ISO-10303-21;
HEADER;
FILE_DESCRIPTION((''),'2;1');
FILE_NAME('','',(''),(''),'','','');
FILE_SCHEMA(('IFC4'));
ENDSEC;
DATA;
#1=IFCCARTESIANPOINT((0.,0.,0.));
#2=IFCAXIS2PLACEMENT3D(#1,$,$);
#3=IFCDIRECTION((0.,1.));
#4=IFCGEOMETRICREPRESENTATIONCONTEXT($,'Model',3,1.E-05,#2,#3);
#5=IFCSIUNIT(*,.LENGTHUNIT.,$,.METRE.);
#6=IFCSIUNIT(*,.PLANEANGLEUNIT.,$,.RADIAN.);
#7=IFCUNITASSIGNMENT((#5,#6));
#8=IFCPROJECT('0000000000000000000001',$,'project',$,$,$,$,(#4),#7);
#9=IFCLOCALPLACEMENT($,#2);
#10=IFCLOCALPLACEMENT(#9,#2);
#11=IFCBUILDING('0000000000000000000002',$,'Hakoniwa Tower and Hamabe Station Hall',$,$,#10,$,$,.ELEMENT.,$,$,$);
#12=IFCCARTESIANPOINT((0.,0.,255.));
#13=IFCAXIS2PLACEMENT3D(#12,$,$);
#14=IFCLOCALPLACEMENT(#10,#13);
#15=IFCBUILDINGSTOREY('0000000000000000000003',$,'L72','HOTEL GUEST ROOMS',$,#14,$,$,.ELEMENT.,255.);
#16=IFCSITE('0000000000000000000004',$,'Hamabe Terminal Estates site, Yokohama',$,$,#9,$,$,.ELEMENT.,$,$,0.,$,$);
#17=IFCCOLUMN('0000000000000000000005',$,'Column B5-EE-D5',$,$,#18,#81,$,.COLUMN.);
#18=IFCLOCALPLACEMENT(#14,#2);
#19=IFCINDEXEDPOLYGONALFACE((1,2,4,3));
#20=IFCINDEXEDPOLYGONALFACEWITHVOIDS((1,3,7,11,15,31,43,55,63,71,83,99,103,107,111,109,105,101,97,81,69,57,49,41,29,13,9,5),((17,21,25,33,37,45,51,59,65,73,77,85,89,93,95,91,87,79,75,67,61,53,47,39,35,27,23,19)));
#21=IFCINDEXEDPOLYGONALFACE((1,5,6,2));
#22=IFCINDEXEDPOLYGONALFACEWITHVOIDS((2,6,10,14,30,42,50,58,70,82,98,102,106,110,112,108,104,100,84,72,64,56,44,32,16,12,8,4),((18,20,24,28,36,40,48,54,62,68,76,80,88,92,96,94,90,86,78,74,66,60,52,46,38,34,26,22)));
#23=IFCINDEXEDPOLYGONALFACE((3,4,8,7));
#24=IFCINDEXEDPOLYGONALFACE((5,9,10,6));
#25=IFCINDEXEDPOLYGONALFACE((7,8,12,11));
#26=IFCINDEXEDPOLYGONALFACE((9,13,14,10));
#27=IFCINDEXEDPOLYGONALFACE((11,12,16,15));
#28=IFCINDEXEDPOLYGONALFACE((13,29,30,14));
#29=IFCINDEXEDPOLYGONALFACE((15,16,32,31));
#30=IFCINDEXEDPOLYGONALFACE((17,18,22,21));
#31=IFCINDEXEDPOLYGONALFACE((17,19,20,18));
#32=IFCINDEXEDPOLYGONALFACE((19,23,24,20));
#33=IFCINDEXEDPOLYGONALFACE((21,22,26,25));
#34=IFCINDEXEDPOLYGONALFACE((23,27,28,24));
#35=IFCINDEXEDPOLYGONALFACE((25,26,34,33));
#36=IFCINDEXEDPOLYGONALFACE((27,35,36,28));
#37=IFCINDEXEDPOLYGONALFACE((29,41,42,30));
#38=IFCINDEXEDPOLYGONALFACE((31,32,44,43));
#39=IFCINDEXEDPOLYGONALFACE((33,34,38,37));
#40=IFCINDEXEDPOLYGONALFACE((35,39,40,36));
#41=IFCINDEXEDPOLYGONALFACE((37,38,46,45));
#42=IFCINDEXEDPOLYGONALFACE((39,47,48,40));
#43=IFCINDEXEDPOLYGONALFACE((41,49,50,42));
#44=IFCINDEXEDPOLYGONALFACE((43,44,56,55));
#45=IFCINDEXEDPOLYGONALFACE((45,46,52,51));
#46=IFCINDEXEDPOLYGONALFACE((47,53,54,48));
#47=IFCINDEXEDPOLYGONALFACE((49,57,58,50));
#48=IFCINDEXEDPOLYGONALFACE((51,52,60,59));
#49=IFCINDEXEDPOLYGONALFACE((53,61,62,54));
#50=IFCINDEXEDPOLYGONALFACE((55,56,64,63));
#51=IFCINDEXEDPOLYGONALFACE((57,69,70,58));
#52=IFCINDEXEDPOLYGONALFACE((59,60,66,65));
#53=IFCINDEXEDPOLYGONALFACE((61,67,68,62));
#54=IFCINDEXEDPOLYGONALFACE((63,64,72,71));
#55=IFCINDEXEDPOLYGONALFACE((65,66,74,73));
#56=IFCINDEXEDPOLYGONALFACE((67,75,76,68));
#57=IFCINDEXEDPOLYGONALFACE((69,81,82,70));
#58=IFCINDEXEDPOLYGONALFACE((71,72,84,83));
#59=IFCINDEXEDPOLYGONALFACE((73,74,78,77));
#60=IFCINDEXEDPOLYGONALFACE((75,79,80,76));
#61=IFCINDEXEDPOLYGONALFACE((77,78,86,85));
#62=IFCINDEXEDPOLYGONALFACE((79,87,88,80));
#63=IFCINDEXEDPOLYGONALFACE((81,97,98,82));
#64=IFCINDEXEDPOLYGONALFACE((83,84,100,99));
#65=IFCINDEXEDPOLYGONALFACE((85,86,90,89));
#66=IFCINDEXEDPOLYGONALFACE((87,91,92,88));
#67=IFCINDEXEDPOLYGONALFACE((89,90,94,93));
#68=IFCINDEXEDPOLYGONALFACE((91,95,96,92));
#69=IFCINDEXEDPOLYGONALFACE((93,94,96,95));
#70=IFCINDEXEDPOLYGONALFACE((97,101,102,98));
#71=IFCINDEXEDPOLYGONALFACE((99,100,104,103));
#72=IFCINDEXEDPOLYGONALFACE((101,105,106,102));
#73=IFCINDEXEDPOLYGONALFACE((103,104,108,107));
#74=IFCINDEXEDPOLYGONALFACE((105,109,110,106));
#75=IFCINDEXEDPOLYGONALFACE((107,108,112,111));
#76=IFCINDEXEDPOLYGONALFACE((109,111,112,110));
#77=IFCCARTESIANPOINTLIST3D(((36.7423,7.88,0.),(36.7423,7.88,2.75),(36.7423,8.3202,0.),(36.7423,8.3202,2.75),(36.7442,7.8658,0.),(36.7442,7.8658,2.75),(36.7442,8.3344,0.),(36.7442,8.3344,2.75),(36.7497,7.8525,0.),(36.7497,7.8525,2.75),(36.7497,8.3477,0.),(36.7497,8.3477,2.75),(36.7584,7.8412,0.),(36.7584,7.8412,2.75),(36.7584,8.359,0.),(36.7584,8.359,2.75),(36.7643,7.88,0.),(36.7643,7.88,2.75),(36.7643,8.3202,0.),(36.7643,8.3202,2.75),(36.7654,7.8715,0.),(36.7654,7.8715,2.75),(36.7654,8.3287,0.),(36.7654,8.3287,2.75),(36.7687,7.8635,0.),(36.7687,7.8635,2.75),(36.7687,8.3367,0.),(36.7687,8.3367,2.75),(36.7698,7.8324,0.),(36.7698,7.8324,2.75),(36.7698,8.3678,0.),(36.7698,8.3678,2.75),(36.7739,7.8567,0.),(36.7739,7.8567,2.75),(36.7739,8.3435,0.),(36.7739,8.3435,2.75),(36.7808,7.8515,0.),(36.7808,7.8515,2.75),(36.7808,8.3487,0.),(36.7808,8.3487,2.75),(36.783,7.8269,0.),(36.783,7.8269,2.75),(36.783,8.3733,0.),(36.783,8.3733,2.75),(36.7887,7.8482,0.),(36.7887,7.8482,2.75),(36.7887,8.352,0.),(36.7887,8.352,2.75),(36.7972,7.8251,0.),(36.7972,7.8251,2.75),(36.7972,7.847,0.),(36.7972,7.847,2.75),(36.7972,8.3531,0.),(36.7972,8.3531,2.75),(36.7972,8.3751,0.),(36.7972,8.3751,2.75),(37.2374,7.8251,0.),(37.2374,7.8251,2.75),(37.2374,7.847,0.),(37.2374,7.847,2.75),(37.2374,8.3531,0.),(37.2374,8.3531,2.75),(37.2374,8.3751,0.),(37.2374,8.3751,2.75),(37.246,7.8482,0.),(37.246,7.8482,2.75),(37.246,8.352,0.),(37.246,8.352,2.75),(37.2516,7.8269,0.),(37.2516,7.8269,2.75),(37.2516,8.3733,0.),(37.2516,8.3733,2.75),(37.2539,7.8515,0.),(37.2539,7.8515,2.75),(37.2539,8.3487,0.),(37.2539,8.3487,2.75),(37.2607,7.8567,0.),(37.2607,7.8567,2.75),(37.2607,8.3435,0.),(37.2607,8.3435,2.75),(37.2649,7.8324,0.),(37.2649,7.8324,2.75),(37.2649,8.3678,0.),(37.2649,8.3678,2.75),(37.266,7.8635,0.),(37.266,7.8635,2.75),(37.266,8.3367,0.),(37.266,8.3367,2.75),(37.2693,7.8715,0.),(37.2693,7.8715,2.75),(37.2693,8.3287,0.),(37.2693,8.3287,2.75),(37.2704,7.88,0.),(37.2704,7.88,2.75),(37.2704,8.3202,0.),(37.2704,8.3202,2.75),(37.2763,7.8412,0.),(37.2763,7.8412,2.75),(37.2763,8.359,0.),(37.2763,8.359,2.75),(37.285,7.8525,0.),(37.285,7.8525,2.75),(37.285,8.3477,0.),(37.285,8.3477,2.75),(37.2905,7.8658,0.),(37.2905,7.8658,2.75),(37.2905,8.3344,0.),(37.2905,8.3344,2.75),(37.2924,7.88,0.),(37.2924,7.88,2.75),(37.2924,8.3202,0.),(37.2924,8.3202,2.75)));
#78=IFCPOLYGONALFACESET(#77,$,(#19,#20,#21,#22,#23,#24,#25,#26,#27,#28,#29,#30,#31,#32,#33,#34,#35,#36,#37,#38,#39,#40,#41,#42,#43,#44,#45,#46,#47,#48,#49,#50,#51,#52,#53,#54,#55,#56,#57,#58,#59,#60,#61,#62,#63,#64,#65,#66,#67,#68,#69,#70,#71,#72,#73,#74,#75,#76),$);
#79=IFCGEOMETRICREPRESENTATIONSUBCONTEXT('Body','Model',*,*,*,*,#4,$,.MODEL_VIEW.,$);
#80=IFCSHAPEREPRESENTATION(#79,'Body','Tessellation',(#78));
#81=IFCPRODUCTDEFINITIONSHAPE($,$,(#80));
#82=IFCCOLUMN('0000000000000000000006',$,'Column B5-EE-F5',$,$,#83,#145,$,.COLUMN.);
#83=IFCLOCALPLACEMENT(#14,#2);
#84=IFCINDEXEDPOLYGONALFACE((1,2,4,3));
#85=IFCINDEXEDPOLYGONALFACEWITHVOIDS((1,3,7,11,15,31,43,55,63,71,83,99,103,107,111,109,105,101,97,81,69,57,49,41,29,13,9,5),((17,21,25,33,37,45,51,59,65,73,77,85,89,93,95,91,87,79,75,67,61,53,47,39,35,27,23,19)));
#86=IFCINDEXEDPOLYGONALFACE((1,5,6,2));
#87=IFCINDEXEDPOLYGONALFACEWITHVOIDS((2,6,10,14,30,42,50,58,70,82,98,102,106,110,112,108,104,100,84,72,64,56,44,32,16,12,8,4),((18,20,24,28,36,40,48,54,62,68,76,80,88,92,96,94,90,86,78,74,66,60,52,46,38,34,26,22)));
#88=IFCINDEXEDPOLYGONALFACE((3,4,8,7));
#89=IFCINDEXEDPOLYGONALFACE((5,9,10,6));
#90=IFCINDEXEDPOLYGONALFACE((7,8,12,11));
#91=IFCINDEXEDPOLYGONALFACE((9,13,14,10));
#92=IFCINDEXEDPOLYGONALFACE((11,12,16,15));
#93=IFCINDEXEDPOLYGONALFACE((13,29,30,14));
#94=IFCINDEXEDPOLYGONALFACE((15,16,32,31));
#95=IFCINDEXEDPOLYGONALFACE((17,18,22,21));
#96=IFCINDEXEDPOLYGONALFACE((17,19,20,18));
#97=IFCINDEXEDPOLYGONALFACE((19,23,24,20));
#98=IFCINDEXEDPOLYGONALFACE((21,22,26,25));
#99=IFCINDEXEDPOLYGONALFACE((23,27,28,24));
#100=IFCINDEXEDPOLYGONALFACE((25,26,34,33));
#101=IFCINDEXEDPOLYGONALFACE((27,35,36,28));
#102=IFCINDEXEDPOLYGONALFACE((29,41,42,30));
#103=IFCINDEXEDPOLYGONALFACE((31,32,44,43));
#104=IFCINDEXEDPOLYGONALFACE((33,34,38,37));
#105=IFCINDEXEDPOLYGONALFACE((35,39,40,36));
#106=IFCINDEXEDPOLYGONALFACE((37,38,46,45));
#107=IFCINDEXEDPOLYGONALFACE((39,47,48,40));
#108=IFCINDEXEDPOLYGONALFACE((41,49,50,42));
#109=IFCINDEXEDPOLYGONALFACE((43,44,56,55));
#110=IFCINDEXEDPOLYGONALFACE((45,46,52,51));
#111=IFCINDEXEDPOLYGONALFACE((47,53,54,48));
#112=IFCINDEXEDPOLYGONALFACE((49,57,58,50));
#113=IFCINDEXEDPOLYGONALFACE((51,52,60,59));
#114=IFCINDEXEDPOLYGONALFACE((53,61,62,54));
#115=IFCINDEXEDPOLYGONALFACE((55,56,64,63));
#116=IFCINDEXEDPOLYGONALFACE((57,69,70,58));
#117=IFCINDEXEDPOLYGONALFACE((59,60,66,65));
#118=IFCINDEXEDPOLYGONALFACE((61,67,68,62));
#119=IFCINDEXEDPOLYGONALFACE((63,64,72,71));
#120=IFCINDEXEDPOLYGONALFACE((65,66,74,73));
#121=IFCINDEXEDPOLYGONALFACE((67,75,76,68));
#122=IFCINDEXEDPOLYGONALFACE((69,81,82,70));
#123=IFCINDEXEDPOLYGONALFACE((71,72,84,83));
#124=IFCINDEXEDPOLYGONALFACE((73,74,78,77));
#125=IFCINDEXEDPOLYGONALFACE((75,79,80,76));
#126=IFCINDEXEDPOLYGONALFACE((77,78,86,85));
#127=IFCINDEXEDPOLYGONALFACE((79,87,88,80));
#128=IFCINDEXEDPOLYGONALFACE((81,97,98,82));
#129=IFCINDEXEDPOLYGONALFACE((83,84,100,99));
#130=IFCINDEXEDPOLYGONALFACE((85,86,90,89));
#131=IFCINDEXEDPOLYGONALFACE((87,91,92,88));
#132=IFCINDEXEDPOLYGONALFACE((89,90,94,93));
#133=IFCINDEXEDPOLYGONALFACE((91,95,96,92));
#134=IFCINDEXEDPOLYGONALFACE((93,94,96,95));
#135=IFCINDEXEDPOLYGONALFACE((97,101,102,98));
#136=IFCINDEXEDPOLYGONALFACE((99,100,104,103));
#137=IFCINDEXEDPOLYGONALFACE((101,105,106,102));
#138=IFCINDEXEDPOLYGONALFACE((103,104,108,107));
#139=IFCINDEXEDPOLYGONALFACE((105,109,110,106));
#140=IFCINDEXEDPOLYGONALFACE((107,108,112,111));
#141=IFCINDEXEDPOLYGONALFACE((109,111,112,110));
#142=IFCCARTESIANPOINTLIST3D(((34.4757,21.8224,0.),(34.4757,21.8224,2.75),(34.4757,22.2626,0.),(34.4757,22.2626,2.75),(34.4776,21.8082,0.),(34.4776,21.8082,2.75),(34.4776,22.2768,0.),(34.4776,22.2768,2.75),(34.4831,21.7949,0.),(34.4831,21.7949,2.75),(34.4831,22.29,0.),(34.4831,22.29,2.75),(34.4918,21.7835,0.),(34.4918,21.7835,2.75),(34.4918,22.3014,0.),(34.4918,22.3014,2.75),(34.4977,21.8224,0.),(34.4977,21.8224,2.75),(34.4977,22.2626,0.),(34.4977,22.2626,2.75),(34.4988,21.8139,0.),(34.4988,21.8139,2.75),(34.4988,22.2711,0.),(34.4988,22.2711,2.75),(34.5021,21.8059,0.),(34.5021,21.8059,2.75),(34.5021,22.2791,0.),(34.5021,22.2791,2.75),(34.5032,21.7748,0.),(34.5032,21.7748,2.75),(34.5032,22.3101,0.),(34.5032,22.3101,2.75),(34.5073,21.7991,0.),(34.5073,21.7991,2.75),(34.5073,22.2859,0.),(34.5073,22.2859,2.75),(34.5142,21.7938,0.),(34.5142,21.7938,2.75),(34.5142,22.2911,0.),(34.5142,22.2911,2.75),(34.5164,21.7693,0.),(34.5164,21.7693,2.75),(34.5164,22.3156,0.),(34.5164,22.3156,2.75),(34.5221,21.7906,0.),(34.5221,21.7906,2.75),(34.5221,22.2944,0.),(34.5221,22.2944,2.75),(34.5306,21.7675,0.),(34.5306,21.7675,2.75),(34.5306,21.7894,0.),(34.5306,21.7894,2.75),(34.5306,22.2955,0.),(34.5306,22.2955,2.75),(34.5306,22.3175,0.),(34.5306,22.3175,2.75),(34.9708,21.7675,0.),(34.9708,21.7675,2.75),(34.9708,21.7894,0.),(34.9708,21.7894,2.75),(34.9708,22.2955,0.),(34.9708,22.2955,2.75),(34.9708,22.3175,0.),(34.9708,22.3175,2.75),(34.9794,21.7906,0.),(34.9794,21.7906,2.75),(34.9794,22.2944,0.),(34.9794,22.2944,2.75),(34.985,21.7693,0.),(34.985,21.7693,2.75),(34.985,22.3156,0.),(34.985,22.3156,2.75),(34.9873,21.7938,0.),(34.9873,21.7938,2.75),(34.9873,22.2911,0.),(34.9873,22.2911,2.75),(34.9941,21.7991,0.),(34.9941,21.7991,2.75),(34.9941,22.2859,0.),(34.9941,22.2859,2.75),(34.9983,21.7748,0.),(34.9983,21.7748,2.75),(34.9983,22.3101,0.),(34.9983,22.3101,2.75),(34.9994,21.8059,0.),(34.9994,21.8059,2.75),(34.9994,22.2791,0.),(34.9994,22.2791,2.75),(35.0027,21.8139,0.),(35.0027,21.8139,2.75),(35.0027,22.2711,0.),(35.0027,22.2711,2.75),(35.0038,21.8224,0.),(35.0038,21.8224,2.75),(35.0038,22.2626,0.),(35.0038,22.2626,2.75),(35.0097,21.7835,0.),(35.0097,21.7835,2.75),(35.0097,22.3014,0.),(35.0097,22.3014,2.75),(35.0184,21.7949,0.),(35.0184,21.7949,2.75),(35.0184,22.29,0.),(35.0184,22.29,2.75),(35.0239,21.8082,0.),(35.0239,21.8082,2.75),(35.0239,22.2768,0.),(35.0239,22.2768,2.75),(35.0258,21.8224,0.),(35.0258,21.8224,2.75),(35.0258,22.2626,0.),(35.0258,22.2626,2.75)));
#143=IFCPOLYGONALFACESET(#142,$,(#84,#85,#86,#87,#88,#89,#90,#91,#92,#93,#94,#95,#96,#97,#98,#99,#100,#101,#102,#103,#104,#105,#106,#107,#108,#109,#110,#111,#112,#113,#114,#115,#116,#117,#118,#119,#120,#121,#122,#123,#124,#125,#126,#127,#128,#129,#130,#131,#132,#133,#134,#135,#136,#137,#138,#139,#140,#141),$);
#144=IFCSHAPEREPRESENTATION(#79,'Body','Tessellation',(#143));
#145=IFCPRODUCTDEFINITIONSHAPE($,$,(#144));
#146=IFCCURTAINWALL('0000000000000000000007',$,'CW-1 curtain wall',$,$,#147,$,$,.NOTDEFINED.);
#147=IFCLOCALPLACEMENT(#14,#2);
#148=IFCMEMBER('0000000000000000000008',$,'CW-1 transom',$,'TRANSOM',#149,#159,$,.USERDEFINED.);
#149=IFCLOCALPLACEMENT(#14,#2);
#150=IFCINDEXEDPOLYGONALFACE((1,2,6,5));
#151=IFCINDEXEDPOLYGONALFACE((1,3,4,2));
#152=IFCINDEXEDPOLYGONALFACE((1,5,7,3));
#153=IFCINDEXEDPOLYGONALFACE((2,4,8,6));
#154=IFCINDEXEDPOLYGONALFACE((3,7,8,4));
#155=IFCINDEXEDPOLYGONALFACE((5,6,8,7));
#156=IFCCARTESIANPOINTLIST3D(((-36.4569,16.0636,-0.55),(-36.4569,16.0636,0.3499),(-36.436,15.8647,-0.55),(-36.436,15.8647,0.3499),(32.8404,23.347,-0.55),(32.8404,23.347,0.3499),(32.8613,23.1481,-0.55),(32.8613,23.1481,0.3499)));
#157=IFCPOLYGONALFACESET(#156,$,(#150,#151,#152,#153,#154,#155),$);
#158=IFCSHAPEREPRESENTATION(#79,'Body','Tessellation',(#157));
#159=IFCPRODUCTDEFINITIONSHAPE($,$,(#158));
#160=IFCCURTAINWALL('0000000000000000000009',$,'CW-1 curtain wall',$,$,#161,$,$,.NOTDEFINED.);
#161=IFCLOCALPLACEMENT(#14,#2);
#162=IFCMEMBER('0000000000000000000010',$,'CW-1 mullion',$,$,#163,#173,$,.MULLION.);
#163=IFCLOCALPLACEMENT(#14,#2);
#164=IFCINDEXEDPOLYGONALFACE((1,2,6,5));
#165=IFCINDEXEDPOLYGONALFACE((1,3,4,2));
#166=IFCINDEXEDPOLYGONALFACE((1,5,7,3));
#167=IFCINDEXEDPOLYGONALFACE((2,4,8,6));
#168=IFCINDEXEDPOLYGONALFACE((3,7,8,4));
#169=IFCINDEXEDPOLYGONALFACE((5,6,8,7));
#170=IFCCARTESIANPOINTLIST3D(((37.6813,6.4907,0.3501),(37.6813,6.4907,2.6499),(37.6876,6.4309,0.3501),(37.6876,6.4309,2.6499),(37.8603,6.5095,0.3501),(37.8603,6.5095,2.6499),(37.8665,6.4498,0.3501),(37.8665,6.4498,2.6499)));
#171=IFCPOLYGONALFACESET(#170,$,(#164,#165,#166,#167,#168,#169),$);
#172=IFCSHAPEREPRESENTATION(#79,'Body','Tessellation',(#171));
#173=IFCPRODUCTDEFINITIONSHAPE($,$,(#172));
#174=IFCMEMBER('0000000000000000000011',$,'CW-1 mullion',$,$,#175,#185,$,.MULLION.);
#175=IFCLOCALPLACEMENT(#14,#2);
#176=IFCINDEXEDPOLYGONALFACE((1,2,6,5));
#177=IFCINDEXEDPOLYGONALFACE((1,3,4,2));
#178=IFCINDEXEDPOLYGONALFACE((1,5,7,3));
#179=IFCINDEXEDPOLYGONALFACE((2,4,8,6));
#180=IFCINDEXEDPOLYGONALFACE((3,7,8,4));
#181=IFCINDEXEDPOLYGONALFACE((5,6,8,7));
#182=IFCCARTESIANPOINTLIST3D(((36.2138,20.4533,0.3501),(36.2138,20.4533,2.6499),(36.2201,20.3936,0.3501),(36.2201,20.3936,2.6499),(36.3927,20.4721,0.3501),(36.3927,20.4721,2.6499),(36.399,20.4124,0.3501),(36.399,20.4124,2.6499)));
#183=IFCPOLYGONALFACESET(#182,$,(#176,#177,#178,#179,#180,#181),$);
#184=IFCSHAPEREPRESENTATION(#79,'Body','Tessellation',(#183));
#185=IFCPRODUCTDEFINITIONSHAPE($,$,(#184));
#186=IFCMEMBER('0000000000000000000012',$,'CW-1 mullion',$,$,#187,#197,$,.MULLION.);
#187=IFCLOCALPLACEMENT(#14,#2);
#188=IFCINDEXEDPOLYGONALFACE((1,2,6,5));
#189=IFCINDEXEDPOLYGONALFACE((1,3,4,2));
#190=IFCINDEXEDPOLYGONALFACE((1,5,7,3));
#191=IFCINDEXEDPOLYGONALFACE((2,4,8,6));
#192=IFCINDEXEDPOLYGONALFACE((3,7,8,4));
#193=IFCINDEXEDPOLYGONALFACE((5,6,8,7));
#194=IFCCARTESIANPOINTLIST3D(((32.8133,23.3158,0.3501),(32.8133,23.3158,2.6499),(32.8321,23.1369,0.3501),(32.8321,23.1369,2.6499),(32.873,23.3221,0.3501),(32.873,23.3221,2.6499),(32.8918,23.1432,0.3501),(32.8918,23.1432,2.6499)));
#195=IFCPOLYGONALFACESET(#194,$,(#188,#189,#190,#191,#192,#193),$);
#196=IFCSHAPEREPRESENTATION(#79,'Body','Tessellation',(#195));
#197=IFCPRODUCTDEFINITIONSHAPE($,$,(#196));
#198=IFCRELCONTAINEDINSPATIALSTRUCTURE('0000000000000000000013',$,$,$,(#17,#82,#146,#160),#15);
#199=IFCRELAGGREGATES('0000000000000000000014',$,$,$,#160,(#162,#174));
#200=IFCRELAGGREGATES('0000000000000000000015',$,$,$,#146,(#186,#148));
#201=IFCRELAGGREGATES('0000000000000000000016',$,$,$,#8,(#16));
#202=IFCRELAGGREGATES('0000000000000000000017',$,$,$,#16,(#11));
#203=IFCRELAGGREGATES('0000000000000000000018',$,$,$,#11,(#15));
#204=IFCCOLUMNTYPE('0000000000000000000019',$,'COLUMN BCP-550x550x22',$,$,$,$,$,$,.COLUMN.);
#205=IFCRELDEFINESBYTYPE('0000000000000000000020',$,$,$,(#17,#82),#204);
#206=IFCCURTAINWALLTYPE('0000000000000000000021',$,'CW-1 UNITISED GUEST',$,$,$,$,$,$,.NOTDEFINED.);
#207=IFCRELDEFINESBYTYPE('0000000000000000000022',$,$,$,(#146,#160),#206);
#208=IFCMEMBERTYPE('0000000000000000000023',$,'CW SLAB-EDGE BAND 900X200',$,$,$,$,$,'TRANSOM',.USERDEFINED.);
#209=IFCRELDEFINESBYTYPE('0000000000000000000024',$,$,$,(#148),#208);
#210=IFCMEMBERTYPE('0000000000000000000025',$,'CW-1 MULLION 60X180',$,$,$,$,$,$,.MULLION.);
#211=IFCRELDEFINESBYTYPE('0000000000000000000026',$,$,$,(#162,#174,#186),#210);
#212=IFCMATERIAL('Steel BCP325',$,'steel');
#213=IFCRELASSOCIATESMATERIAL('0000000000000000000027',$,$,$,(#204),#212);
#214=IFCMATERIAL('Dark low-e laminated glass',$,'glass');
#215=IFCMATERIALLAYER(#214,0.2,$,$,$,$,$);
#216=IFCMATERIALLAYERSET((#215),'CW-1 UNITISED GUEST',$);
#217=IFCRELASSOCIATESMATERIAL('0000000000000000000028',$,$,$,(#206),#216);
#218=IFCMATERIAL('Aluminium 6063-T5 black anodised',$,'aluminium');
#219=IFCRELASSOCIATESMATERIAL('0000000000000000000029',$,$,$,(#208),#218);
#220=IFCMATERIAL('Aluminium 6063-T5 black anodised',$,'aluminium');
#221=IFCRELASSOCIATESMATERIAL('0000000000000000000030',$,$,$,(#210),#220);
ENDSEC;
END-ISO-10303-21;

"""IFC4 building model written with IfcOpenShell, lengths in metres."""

from ifc_helpers import new_model, si_unit, direction, frame, origin, origin_2d, place, context, subcontext, project, spatial, rectangle, hollow_rectangle, extrude, material, layer, layer_set, material_profile, profile_set, type_object, element, aggregate, save


model = new_model("IFC4")

# Units and contexts
model_context = context("Model", 3, precision=1e-05, world=origin(), true_north=direction((0.0, 1.0)))
body_context = subcontext(model_context, "Body", "Model", "MODEL_VIEW")
ifc_project = project(units=[si_unit("LENGTHUNIT", "METRE"), si_unit("PLANEANGLEUNIT", "RADIAN")], contexts=[model_context])

# Site, building, storey
site_placement = place(None, origin())
site = spatial("IfcSite", under=ifc_project, at=site_placement, Name="Hamabe Terminal Estates site, Yokohama", CompositionType="ELEMENT", RefElevation=0.0)
building_placement = place(site_placement, origin())
building = spatial("IfcBuilding", under=site, at=building_placement, Name="Hakoniwa Tower and Hamabe Station Hall", CompositionType="ELEMENT")
storey_placement = place(building_placement, frame((0.0, 0.0, 255.0)))
storey = spatial("IfcBuildingStorey", under=building, at=storey_placement, Name="L72", Description="HOTEL GUEST ROOMS", CompositionType="ELEMENT", Elevation=255.0)

# Columns
ifc_material_1 = material(Name="Steel BCP325", Category="steel")
ifc_material_profile_1 = material_profile(ifc_material_1, hollow_rectangle(XDim=0.55, YDim=0.55, WallThickness=0.022, InnerFilletRadius=0.033, OuterFilletRadius=0.0549, at=origin_2d()), Name="BCP-550x550x22")
ifc_profile_set_1 = profile_set([ifc_material_profile_1], Name="Steel BCP325")
column_type = type_object("IfcColumnType", Name="COLUMN BCP-550x550x22", PredefinedType="COLUMN", material=ifc_profile_set_1)
for number, where, z_axis, x_axis, name in (
    (1, (37.0173, 8.1001, 0.0), (0.0, 0.0, 1.0), (1.0, 0.0, 0.0), "Column B5-EE-D5"),
    (2, (34.7507, 22.0425, 0.0), (0.0, 0.0, 1.0), (1.0, 0.0, 0.0), "Column B5-EE-F5"),
):
    element("IfcColumn", number, at=place(storey_placement, frame(where, z_axis=z_axis, x_axis=x_axis)), inside=storey, type_object=column_type, Name=name, PredefinedType="COLUMN", context=body_context, shape_type="SweptSolid", body=[
        extrude(hollow_rectangle(XDim=0.55, YDim=0.55, WallThickness=0.022, InnerFilletRadius=0.033, OuterFilletRadius=0.0549, at=origin_2d()), origin(), (0.0, 0.0, 1.0), 2.75),
    ])

# Curtain wall, member
ifc_material_2 = material(Name="Dark low-e laminated glass", Category="glass")
ifc_layer_1 = layer(ifc_material_2, 0.2)
ifc_layer_set_1 = layer_set([ifc_layer_1], Name="CW-1 UNITISED GUEST")
curtain_wall_type = type_object("IfcCurtainWallType", Name="CW-1 UNITISED GUEST", PredefinedType="NOTDEFINED", material=ifc_layer_set_1)
curtain_wall_1_placement = place(storey_placement, origin())
curtain_wall_1 = element("IfcCurtainWall", 3, at=curtain_wall_1_placement, inside=storey, type_object=curtain_wall_type, Name="CW-1 curtain wall", PredefinedType="NOTDEFINED")
ifc_material_3 = material(Name="Aluminium 6063-T5 black anodised", Category="aluminium")
ifc_material_profile_2 = material_profile(ifc_material_3, rectangle(XDim=0.2, YDim=0.8999, at=origin_2d()), Name="CW SLAB-EDGE BAND 900X200")
ifc_profile_set_2 = profile_set([ifc_material_profile_2], Name="Aluminium 6063-T5 black anodised")
member_type_1 = type_object("IfcMemberType", Name="CW SLAB-EDGE BAND 900X200", ElementType="TRANSOM", PredefinedType="USERDEFINED", material=ifc_profile_set_2)
member_1_placement = place(storey_placement, frame((32.8508, 23.2476, -0.1001), z_axis=(-0.994522, -0.104528, 0.0), x_axis=(0.104528, -0.994522, 0.0)))
member_1 = element("IfcMember", 4, at=member_1_placement, type_object=member_type_1, Name="CW-1 transom", ObjectType="TRANSOM", PredefinedType="USERDEFINED", context=body_context, shape_type="SweptSolid", body=[
    extrude(rectangle(XDim=0.2, YDim=0.8999, at=origin_2d()), origin(), (0.0, 0.0, 1.0), 69.679),
])

# Curtain wall, members
curtain_wall_2_placement = place(storey_placement, origin())
curtain_wall_2 = element("IfcCurtainWall", 5, at=curtain_wall_2_placement, inside=storey, type_object=curtain_wall_type, Name="CW-1 curtain wall", PredefinedType="NOTDEFINED")
ifc_material_4 = material(Name="Aluminium 6063-T5 black anodised", Category="aluminium")
ifc_material_profile_3 = material_profile(ifc_material_4, rectangle(XDim=0.0601, YDim=0.1799, at=origin_2d()), Name="CW-1 MULLION 60X180")
ifc_profile_set_3 = profile_set([ifc_material_profile_3], Name="Aluminium 6063-T5 black anodised")
member_type_2 = type_object("IfcMemberType", Name="CW-1 MULLION 60X180", PredefinedType="MULLION", material=ifc_profile_set_3)
member_2_placement = place(storey_placement, frame((37.7739, 6.4702, 0.3501), z_axis=(0.0, 0.0, 1.0), x_axis=(-0.104528, 0.994522, 0.0)))
member_2 = element("IfcMember", 6, at=member_2_placement, type_object=member_type_2, Name="CW-1 mullion", PredefinedType="MULLION", context=body_context, shape_type="SweptSolid", body=[
    extrude(rectangle(XDim=0.0601, YDim=0.1799, at=origin_2d()), origin(), (0.0, 0.0, 1.0), 2.2998),
])
member_3_placement = place(storey_placement, frame((36.3064, 20.4329, 0.3501), z_axis=(0.0, 0.0, 1.0), x_axis=(-0.104528, 0.994522, 0.0)))
member_3 = element("IfcMember", 7, at=member_3_placement, type_object=member_type_2, Name="CW-1 mullion", PredefinedType="MULLION", context=body_context, shape_type="SweptSolid", body=[
    extrude(rectangle(XDim=0.0601, YDim=0.1799, at=origin_2d()), origin(), (0.0, 0.0, 1.0), 2.2998),
])

# Member
member_4_placement = place(storey_placement, frame((32.8525, 23.2295, 0.3501), z_axis=(0.0, 0.0, 1.0), x_axis=(-0.994522, -0.104528, 0.0)))
member_4 = element("IfcMember", 8, at=member_4_placement, type_object=member_type_2, Name="CW-1 mullion", PredefinedType="MULLION", context=body_context, shape_type="SweptSolid", body=[
    extrude(rectangle(XDim=0.0601, YDim=0.1799, at=origin_2d()), origin(), (0.0, 0.0, 1.0), 2.2998),
])

aggregate(curtain_wall_2, [member_2, member_3])
aggregate(curtain_wall_1, [member_4, member_1])

save(model, "model.ifc")
